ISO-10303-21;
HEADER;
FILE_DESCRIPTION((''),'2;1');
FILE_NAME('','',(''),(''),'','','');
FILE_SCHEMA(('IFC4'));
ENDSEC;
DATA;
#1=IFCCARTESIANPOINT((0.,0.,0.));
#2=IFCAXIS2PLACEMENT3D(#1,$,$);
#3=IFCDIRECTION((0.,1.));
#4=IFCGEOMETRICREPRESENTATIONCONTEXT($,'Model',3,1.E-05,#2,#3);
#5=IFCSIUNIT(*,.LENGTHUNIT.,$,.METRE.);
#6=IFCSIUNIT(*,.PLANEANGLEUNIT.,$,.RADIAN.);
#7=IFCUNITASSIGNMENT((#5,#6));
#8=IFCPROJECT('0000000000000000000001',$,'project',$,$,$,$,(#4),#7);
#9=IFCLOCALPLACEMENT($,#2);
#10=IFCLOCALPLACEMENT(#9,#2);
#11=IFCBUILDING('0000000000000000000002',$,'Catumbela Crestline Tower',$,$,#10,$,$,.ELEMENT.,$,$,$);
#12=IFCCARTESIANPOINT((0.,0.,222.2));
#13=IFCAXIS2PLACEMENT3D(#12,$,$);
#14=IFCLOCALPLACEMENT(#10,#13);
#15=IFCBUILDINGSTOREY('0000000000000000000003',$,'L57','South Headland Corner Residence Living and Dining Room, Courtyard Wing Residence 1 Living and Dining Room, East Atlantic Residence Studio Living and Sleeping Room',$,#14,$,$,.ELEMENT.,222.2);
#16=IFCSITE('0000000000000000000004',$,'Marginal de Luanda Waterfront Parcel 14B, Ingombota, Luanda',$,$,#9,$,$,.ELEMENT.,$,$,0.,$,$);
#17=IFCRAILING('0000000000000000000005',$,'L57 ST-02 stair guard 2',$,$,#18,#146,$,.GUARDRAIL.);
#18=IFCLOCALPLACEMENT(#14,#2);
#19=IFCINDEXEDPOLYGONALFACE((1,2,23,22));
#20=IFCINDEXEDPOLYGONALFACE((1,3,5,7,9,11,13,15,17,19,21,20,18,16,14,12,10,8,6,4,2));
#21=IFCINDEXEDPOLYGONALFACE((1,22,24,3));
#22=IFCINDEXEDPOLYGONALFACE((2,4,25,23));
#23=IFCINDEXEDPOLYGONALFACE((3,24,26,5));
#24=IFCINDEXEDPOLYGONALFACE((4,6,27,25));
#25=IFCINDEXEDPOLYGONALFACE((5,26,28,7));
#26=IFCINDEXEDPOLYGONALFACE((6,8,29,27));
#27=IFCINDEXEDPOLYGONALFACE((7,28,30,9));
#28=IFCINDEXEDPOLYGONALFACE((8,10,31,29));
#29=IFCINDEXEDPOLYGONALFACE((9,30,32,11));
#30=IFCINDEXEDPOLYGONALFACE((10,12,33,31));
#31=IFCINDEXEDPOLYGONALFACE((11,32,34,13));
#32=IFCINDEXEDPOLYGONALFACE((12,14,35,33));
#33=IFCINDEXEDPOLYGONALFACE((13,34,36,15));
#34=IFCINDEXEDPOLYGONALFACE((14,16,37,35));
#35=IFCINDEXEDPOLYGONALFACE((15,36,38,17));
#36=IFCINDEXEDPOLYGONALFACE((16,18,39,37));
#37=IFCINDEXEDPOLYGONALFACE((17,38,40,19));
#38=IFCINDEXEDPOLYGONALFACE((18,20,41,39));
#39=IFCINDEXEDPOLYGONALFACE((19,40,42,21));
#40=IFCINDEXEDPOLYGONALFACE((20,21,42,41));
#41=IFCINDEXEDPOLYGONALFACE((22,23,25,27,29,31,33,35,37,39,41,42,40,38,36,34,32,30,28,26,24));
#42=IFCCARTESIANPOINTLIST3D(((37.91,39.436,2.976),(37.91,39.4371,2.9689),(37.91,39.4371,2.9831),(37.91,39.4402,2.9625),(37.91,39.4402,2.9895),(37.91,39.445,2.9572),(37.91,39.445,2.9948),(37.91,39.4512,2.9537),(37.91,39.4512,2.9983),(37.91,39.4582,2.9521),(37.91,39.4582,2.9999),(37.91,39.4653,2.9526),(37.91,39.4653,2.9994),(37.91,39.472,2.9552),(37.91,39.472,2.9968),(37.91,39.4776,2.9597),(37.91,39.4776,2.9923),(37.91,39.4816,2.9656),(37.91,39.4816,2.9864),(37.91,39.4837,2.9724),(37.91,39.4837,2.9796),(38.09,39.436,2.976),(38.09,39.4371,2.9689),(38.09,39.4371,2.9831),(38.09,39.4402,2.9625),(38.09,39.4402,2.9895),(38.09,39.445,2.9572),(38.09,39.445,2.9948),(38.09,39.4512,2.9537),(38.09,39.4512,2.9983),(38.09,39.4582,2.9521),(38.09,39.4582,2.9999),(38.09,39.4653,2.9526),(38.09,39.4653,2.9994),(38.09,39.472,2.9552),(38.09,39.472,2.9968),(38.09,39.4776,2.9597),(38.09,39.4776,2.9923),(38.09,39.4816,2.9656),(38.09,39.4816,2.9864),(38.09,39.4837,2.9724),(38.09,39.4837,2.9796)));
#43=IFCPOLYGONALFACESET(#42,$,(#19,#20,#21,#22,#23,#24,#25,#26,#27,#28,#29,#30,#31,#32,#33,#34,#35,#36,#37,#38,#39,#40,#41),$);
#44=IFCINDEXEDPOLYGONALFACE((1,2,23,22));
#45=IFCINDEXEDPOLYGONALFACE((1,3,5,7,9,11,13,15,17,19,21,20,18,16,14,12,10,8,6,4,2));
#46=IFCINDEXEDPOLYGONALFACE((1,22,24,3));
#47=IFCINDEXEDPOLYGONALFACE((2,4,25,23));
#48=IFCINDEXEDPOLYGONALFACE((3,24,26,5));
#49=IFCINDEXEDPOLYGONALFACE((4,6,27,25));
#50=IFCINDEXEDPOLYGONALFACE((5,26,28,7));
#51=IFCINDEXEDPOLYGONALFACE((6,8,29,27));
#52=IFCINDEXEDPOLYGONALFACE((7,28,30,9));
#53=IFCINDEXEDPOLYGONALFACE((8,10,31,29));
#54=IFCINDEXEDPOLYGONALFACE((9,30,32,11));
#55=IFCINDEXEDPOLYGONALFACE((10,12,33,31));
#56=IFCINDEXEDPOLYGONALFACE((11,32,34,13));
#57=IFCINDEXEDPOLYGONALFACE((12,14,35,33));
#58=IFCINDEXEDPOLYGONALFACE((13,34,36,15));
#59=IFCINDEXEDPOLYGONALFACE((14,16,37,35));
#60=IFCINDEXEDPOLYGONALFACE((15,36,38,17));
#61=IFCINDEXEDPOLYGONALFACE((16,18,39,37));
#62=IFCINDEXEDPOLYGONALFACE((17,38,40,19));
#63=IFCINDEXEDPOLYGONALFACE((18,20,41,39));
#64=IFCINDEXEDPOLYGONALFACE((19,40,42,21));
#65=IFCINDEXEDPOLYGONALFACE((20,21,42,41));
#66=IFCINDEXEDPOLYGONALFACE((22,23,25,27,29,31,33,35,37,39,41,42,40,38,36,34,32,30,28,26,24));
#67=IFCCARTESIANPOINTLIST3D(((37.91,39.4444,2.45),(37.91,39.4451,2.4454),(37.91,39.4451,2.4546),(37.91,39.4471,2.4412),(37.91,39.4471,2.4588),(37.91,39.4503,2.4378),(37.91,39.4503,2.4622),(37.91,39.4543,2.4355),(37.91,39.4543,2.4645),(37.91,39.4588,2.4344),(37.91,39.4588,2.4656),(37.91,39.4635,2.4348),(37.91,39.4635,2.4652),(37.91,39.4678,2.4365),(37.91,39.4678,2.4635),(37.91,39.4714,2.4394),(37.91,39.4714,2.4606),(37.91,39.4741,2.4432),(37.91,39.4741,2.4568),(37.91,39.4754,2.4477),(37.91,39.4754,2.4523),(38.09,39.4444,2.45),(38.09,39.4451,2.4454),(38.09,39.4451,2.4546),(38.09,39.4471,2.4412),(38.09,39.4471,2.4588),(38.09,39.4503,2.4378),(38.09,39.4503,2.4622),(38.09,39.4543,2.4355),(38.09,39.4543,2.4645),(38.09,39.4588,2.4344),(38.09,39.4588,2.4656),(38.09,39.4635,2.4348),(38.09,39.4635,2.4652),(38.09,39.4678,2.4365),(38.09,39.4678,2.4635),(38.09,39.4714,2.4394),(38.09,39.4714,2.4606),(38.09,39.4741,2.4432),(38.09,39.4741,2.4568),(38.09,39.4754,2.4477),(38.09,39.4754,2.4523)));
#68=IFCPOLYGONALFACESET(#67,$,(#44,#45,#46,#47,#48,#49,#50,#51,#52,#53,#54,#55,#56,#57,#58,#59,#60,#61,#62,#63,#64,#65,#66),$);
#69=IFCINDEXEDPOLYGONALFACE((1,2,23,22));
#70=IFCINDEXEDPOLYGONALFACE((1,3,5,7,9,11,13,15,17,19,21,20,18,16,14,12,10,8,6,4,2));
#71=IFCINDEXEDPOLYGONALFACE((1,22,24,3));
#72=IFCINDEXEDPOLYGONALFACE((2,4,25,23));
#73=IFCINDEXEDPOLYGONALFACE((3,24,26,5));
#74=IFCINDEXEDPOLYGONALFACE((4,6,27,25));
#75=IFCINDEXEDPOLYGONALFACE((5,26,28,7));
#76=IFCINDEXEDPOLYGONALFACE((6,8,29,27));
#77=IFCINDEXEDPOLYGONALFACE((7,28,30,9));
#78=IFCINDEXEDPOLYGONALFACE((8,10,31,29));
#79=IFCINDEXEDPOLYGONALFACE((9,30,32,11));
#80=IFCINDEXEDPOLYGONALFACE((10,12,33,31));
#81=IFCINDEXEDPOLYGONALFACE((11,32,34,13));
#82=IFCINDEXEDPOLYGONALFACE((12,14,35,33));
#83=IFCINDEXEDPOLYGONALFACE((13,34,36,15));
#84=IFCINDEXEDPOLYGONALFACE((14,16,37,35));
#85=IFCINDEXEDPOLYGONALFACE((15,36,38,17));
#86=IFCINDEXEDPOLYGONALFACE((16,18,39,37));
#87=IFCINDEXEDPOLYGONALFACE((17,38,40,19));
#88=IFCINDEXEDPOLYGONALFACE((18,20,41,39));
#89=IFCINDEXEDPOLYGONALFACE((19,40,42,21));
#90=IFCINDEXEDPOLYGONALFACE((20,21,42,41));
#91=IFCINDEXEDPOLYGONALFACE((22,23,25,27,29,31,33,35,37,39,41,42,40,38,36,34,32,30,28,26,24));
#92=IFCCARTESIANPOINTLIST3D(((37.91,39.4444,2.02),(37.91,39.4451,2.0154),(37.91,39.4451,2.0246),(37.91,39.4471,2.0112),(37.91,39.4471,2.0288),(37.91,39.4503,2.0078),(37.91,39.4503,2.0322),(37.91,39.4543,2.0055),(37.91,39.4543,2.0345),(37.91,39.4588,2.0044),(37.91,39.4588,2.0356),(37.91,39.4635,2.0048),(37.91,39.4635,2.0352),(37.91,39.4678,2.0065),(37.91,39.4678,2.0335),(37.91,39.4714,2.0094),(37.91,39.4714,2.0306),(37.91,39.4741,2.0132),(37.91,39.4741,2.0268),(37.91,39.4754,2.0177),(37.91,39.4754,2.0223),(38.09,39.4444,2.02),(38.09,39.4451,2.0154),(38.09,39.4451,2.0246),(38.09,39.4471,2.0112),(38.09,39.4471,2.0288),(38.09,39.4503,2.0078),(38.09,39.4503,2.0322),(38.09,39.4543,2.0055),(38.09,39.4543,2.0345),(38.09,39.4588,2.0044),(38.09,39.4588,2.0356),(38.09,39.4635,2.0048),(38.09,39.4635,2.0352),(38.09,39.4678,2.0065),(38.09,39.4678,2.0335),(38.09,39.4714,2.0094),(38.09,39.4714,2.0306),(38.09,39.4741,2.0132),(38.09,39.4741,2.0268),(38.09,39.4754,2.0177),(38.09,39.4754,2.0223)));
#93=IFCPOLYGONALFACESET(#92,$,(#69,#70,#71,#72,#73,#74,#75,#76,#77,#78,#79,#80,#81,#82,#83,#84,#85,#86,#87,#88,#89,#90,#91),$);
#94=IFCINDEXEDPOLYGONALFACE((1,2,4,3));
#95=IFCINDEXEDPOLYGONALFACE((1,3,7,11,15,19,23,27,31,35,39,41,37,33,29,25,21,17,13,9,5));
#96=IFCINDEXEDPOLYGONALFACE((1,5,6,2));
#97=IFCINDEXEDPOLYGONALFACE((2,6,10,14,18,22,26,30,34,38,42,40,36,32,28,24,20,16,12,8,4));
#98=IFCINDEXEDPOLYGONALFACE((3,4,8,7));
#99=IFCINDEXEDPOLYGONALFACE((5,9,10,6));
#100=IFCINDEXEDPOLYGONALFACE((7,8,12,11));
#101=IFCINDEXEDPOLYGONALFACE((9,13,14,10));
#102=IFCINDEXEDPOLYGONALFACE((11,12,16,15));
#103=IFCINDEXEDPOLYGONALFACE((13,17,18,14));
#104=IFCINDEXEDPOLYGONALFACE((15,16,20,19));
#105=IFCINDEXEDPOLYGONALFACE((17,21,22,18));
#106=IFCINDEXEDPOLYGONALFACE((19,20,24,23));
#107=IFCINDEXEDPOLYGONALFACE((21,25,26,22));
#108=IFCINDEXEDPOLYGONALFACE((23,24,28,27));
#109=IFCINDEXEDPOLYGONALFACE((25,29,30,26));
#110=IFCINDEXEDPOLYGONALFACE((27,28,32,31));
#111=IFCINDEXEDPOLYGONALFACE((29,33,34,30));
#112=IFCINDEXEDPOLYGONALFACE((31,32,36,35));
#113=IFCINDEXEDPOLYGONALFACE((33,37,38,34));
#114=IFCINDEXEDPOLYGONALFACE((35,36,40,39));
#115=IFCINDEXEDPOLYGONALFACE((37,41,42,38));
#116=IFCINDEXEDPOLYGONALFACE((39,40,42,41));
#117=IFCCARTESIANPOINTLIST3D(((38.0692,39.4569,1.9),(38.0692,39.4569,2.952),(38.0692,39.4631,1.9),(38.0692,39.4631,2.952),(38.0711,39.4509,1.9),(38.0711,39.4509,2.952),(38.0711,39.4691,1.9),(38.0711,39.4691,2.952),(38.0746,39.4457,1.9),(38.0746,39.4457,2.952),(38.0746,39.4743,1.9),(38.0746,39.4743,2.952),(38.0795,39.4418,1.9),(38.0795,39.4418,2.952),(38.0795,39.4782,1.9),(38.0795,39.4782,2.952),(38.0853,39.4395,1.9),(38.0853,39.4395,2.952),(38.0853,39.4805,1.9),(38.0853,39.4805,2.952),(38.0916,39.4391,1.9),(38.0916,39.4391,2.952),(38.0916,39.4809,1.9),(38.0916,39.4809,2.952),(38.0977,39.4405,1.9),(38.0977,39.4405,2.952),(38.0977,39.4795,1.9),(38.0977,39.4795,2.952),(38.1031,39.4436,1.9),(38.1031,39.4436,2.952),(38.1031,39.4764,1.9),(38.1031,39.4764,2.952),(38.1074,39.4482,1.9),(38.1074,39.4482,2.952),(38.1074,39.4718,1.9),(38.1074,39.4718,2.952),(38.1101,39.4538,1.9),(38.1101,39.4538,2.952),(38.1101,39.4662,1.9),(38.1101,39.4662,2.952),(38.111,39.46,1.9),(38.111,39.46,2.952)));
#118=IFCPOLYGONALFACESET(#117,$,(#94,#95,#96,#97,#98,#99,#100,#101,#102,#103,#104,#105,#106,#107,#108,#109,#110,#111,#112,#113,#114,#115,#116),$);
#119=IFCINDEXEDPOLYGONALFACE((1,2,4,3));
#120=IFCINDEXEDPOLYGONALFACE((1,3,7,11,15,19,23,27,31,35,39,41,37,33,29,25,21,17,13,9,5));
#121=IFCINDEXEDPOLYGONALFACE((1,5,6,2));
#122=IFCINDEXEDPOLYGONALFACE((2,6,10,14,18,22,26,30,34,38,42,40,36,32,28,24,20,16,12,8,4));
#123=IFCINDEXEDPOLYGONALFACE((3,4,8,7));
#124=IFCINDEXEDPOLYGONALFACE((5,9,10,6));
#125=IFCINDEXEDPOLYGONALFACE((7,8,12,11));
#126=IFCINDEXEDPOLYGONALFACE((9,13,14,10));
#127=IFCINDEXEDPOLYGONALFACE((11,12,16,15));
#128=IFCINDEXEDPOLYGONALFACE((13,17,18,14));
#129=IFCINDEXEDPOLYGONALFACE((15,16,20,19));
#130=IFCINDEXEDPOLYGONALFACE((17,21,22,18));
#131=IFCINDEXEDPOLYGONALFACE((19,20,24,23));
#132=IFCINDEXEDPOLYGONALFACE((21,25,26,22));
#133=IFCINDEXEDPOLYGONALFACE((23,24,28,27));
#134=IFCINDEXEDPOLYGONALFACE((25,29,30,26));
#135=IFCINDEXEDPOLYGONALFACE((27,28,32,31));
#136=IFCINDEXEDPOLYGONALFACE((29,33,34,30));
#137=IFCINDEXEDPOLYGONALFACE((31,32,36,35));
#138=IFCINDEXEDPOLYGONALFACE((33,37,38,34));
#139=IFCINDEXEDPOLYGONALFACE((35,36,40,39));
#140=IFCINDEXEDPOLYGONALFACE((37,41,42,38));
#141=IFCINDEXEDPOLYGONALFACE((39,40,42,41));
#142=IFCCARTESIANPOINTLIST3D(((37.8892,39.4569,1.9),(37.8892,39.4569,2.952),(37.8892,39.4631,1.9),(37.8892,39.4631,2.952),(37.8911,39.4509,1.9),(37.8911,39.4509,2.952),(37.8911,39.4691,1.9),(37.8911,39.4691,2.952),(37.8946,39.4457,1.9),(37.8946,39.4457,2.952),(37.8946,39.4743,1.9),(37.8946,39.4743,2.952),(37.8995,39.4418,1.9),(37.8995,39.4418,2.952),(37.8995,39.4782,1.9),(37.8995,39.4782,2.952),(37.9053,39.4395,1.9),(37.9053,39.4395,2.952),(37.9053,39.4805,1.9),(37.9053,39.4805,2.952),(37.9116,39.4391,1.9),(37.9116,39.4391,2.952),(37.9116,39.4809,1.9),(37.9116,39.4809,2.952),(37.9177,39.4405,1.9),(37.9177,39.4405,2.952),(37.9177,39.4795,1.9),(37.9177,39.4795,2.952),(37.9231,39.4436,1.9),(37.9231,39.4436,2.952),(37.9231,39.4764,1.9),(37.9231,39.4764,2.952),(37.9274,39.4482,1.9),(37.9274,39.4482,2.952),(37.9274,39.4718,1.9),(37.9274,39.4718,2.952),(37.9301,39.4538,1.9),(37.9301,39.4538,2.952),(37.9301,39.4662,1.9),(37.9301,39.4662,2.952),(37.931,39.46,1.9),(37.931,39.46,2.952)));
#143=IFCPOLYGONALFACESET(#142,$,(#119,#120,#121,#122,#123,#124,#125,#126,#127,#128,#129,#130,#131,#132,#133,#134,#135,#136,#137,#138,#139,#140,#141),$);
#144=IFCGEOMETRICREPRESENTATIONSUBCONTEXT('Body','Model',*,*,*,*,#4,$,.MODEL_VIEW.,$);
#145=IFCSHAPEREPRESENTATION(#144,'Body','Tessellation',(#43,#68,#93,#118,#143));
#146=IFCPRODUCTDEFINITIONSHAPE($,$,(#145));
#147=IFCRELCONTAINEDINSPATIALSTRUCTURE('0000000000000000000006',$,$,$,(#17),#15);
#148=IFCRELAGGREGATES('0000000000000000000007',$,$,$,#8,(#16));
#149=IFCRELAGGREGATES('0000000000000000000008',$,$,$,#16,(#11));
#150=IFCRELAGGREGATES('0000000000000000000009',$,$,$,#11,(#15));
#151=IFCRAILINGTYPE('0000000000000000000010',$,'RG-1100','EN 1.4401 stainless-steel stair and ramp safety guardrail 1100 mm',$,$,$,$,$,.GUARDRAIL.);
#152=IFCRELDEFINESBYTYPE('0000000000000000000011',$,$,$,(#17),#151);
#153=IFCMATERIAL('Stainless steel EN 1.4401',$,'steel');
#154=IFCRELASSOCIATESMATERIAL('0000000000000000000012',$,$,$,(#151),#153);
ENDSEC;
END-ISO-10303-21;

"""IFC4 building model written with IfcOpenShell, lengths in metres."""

from ifc_helpers import new_model, si_unit, direction, frame, origin, origin_2d, place, context, subcontext, project, spatial, circle, extrude, material, type_object, element, save


model = new_model("IFC4")

# Units and contexts
model_context = context("Model", 3, precision=1e-05, world=origin(), true_north=direction((0.0, 1.0)))
body_context = subcontext(model_context, "Body", "Model", "MODEL_VIEW")
ifc_project = project(units=[si_unit("LENGTHUNIT", "METRE"), si_unit("PLANEANGLEUNIT", "RADIAN")], contexts=[model_context])

# Site, building, storey
site_placement = place(None, origin())
site = spatial("IfcSite", under=ifc_project, at=site_placement, Name="Marginal de Luanda Waterfront Parcel 14B, Ingombota, Luanda", CompositionType="ELEMENT", RefElevation=0.0)
building_placement = place(site_placement, origin())
building = spatial("IfcBuilding", under=site, at=building_placement, Name="Catumbela Crestline Tower", CompositionType="ELEMENT")
storey_placement = place(building_placement, frame((0.0, 0.0, 222.2)))
storey = spatial("IfcBuildingStorey", under=building, at=storey_placement, Name="L57", Description="South Headland Corner Residence Living and Dining Room, Courtyard Wing Residence 1 Living and Dining Room, East Atlantic Residence Studio Living and Sleeping Room", CompositionType="ELEMENT", Elevation=222.2)

# Railing
ifc_material_1 = material(Name="Stainless steel EN 1.4401", Category="steel")
railing_type_1 = type_object("IfcRailingType", Name="RG-1100", Description="EN 1.4401 stainless-steel stair and ramp safety guardrail 1100 mm", PredefinedType="GUARDRAIL", material=ifc_material_1)
railing_1_placement = place(storey_placement, frame((38.09, 39.46, 1.9)))
element("IfcRailing", 1, at=railing_1_placement, inside=storey, type_object=railing_type_1, Name="L57 ST-02 stair guard 2", PredefinedType="GUARDRAIL", context=body_context, shape_type="SweptSolid", body=[
    extrude(circle(Radius=0.024, at=origin_2d()), frame((0.0, 0.0, 1.076), z_axis=(-1.0, 0.0, 0.0), x_axis=(0.0, -1.0, 0.0)), (0.0, 0.0, 1.0), 0.18),
    extrude(circle(Radius=0.0156, at=origin_2d()), frame((0.0, 0.0, 0.55), z_axis=(-1.0, 0.0, 0.0), x_axis=(0.0, -1.0, 0.0)), (0.0, 0.0, 1.0), 0.18),
    extrude(circle(Radius=0.0156, at=origin_2d()), frame((0.0, 0.0, 0.12), z_axis=(-1.0, 0.0, 0.0), x_axis=(0.0, -1.0, 0.0)), (0.0, 0.0, 1.0), 0.18),
    extrude(circle(Radius=0.021, at=origin_2d()), origin(), (0.0, 0.0, 1.0), 1.052),
    extrude(circle(Radius=0.021, at=origin_2d()), frame((-0.18, 0.0, 0.0)), (0.0, 0.0, 1.0), 1.052),
])

save(model, "model.ifc")
